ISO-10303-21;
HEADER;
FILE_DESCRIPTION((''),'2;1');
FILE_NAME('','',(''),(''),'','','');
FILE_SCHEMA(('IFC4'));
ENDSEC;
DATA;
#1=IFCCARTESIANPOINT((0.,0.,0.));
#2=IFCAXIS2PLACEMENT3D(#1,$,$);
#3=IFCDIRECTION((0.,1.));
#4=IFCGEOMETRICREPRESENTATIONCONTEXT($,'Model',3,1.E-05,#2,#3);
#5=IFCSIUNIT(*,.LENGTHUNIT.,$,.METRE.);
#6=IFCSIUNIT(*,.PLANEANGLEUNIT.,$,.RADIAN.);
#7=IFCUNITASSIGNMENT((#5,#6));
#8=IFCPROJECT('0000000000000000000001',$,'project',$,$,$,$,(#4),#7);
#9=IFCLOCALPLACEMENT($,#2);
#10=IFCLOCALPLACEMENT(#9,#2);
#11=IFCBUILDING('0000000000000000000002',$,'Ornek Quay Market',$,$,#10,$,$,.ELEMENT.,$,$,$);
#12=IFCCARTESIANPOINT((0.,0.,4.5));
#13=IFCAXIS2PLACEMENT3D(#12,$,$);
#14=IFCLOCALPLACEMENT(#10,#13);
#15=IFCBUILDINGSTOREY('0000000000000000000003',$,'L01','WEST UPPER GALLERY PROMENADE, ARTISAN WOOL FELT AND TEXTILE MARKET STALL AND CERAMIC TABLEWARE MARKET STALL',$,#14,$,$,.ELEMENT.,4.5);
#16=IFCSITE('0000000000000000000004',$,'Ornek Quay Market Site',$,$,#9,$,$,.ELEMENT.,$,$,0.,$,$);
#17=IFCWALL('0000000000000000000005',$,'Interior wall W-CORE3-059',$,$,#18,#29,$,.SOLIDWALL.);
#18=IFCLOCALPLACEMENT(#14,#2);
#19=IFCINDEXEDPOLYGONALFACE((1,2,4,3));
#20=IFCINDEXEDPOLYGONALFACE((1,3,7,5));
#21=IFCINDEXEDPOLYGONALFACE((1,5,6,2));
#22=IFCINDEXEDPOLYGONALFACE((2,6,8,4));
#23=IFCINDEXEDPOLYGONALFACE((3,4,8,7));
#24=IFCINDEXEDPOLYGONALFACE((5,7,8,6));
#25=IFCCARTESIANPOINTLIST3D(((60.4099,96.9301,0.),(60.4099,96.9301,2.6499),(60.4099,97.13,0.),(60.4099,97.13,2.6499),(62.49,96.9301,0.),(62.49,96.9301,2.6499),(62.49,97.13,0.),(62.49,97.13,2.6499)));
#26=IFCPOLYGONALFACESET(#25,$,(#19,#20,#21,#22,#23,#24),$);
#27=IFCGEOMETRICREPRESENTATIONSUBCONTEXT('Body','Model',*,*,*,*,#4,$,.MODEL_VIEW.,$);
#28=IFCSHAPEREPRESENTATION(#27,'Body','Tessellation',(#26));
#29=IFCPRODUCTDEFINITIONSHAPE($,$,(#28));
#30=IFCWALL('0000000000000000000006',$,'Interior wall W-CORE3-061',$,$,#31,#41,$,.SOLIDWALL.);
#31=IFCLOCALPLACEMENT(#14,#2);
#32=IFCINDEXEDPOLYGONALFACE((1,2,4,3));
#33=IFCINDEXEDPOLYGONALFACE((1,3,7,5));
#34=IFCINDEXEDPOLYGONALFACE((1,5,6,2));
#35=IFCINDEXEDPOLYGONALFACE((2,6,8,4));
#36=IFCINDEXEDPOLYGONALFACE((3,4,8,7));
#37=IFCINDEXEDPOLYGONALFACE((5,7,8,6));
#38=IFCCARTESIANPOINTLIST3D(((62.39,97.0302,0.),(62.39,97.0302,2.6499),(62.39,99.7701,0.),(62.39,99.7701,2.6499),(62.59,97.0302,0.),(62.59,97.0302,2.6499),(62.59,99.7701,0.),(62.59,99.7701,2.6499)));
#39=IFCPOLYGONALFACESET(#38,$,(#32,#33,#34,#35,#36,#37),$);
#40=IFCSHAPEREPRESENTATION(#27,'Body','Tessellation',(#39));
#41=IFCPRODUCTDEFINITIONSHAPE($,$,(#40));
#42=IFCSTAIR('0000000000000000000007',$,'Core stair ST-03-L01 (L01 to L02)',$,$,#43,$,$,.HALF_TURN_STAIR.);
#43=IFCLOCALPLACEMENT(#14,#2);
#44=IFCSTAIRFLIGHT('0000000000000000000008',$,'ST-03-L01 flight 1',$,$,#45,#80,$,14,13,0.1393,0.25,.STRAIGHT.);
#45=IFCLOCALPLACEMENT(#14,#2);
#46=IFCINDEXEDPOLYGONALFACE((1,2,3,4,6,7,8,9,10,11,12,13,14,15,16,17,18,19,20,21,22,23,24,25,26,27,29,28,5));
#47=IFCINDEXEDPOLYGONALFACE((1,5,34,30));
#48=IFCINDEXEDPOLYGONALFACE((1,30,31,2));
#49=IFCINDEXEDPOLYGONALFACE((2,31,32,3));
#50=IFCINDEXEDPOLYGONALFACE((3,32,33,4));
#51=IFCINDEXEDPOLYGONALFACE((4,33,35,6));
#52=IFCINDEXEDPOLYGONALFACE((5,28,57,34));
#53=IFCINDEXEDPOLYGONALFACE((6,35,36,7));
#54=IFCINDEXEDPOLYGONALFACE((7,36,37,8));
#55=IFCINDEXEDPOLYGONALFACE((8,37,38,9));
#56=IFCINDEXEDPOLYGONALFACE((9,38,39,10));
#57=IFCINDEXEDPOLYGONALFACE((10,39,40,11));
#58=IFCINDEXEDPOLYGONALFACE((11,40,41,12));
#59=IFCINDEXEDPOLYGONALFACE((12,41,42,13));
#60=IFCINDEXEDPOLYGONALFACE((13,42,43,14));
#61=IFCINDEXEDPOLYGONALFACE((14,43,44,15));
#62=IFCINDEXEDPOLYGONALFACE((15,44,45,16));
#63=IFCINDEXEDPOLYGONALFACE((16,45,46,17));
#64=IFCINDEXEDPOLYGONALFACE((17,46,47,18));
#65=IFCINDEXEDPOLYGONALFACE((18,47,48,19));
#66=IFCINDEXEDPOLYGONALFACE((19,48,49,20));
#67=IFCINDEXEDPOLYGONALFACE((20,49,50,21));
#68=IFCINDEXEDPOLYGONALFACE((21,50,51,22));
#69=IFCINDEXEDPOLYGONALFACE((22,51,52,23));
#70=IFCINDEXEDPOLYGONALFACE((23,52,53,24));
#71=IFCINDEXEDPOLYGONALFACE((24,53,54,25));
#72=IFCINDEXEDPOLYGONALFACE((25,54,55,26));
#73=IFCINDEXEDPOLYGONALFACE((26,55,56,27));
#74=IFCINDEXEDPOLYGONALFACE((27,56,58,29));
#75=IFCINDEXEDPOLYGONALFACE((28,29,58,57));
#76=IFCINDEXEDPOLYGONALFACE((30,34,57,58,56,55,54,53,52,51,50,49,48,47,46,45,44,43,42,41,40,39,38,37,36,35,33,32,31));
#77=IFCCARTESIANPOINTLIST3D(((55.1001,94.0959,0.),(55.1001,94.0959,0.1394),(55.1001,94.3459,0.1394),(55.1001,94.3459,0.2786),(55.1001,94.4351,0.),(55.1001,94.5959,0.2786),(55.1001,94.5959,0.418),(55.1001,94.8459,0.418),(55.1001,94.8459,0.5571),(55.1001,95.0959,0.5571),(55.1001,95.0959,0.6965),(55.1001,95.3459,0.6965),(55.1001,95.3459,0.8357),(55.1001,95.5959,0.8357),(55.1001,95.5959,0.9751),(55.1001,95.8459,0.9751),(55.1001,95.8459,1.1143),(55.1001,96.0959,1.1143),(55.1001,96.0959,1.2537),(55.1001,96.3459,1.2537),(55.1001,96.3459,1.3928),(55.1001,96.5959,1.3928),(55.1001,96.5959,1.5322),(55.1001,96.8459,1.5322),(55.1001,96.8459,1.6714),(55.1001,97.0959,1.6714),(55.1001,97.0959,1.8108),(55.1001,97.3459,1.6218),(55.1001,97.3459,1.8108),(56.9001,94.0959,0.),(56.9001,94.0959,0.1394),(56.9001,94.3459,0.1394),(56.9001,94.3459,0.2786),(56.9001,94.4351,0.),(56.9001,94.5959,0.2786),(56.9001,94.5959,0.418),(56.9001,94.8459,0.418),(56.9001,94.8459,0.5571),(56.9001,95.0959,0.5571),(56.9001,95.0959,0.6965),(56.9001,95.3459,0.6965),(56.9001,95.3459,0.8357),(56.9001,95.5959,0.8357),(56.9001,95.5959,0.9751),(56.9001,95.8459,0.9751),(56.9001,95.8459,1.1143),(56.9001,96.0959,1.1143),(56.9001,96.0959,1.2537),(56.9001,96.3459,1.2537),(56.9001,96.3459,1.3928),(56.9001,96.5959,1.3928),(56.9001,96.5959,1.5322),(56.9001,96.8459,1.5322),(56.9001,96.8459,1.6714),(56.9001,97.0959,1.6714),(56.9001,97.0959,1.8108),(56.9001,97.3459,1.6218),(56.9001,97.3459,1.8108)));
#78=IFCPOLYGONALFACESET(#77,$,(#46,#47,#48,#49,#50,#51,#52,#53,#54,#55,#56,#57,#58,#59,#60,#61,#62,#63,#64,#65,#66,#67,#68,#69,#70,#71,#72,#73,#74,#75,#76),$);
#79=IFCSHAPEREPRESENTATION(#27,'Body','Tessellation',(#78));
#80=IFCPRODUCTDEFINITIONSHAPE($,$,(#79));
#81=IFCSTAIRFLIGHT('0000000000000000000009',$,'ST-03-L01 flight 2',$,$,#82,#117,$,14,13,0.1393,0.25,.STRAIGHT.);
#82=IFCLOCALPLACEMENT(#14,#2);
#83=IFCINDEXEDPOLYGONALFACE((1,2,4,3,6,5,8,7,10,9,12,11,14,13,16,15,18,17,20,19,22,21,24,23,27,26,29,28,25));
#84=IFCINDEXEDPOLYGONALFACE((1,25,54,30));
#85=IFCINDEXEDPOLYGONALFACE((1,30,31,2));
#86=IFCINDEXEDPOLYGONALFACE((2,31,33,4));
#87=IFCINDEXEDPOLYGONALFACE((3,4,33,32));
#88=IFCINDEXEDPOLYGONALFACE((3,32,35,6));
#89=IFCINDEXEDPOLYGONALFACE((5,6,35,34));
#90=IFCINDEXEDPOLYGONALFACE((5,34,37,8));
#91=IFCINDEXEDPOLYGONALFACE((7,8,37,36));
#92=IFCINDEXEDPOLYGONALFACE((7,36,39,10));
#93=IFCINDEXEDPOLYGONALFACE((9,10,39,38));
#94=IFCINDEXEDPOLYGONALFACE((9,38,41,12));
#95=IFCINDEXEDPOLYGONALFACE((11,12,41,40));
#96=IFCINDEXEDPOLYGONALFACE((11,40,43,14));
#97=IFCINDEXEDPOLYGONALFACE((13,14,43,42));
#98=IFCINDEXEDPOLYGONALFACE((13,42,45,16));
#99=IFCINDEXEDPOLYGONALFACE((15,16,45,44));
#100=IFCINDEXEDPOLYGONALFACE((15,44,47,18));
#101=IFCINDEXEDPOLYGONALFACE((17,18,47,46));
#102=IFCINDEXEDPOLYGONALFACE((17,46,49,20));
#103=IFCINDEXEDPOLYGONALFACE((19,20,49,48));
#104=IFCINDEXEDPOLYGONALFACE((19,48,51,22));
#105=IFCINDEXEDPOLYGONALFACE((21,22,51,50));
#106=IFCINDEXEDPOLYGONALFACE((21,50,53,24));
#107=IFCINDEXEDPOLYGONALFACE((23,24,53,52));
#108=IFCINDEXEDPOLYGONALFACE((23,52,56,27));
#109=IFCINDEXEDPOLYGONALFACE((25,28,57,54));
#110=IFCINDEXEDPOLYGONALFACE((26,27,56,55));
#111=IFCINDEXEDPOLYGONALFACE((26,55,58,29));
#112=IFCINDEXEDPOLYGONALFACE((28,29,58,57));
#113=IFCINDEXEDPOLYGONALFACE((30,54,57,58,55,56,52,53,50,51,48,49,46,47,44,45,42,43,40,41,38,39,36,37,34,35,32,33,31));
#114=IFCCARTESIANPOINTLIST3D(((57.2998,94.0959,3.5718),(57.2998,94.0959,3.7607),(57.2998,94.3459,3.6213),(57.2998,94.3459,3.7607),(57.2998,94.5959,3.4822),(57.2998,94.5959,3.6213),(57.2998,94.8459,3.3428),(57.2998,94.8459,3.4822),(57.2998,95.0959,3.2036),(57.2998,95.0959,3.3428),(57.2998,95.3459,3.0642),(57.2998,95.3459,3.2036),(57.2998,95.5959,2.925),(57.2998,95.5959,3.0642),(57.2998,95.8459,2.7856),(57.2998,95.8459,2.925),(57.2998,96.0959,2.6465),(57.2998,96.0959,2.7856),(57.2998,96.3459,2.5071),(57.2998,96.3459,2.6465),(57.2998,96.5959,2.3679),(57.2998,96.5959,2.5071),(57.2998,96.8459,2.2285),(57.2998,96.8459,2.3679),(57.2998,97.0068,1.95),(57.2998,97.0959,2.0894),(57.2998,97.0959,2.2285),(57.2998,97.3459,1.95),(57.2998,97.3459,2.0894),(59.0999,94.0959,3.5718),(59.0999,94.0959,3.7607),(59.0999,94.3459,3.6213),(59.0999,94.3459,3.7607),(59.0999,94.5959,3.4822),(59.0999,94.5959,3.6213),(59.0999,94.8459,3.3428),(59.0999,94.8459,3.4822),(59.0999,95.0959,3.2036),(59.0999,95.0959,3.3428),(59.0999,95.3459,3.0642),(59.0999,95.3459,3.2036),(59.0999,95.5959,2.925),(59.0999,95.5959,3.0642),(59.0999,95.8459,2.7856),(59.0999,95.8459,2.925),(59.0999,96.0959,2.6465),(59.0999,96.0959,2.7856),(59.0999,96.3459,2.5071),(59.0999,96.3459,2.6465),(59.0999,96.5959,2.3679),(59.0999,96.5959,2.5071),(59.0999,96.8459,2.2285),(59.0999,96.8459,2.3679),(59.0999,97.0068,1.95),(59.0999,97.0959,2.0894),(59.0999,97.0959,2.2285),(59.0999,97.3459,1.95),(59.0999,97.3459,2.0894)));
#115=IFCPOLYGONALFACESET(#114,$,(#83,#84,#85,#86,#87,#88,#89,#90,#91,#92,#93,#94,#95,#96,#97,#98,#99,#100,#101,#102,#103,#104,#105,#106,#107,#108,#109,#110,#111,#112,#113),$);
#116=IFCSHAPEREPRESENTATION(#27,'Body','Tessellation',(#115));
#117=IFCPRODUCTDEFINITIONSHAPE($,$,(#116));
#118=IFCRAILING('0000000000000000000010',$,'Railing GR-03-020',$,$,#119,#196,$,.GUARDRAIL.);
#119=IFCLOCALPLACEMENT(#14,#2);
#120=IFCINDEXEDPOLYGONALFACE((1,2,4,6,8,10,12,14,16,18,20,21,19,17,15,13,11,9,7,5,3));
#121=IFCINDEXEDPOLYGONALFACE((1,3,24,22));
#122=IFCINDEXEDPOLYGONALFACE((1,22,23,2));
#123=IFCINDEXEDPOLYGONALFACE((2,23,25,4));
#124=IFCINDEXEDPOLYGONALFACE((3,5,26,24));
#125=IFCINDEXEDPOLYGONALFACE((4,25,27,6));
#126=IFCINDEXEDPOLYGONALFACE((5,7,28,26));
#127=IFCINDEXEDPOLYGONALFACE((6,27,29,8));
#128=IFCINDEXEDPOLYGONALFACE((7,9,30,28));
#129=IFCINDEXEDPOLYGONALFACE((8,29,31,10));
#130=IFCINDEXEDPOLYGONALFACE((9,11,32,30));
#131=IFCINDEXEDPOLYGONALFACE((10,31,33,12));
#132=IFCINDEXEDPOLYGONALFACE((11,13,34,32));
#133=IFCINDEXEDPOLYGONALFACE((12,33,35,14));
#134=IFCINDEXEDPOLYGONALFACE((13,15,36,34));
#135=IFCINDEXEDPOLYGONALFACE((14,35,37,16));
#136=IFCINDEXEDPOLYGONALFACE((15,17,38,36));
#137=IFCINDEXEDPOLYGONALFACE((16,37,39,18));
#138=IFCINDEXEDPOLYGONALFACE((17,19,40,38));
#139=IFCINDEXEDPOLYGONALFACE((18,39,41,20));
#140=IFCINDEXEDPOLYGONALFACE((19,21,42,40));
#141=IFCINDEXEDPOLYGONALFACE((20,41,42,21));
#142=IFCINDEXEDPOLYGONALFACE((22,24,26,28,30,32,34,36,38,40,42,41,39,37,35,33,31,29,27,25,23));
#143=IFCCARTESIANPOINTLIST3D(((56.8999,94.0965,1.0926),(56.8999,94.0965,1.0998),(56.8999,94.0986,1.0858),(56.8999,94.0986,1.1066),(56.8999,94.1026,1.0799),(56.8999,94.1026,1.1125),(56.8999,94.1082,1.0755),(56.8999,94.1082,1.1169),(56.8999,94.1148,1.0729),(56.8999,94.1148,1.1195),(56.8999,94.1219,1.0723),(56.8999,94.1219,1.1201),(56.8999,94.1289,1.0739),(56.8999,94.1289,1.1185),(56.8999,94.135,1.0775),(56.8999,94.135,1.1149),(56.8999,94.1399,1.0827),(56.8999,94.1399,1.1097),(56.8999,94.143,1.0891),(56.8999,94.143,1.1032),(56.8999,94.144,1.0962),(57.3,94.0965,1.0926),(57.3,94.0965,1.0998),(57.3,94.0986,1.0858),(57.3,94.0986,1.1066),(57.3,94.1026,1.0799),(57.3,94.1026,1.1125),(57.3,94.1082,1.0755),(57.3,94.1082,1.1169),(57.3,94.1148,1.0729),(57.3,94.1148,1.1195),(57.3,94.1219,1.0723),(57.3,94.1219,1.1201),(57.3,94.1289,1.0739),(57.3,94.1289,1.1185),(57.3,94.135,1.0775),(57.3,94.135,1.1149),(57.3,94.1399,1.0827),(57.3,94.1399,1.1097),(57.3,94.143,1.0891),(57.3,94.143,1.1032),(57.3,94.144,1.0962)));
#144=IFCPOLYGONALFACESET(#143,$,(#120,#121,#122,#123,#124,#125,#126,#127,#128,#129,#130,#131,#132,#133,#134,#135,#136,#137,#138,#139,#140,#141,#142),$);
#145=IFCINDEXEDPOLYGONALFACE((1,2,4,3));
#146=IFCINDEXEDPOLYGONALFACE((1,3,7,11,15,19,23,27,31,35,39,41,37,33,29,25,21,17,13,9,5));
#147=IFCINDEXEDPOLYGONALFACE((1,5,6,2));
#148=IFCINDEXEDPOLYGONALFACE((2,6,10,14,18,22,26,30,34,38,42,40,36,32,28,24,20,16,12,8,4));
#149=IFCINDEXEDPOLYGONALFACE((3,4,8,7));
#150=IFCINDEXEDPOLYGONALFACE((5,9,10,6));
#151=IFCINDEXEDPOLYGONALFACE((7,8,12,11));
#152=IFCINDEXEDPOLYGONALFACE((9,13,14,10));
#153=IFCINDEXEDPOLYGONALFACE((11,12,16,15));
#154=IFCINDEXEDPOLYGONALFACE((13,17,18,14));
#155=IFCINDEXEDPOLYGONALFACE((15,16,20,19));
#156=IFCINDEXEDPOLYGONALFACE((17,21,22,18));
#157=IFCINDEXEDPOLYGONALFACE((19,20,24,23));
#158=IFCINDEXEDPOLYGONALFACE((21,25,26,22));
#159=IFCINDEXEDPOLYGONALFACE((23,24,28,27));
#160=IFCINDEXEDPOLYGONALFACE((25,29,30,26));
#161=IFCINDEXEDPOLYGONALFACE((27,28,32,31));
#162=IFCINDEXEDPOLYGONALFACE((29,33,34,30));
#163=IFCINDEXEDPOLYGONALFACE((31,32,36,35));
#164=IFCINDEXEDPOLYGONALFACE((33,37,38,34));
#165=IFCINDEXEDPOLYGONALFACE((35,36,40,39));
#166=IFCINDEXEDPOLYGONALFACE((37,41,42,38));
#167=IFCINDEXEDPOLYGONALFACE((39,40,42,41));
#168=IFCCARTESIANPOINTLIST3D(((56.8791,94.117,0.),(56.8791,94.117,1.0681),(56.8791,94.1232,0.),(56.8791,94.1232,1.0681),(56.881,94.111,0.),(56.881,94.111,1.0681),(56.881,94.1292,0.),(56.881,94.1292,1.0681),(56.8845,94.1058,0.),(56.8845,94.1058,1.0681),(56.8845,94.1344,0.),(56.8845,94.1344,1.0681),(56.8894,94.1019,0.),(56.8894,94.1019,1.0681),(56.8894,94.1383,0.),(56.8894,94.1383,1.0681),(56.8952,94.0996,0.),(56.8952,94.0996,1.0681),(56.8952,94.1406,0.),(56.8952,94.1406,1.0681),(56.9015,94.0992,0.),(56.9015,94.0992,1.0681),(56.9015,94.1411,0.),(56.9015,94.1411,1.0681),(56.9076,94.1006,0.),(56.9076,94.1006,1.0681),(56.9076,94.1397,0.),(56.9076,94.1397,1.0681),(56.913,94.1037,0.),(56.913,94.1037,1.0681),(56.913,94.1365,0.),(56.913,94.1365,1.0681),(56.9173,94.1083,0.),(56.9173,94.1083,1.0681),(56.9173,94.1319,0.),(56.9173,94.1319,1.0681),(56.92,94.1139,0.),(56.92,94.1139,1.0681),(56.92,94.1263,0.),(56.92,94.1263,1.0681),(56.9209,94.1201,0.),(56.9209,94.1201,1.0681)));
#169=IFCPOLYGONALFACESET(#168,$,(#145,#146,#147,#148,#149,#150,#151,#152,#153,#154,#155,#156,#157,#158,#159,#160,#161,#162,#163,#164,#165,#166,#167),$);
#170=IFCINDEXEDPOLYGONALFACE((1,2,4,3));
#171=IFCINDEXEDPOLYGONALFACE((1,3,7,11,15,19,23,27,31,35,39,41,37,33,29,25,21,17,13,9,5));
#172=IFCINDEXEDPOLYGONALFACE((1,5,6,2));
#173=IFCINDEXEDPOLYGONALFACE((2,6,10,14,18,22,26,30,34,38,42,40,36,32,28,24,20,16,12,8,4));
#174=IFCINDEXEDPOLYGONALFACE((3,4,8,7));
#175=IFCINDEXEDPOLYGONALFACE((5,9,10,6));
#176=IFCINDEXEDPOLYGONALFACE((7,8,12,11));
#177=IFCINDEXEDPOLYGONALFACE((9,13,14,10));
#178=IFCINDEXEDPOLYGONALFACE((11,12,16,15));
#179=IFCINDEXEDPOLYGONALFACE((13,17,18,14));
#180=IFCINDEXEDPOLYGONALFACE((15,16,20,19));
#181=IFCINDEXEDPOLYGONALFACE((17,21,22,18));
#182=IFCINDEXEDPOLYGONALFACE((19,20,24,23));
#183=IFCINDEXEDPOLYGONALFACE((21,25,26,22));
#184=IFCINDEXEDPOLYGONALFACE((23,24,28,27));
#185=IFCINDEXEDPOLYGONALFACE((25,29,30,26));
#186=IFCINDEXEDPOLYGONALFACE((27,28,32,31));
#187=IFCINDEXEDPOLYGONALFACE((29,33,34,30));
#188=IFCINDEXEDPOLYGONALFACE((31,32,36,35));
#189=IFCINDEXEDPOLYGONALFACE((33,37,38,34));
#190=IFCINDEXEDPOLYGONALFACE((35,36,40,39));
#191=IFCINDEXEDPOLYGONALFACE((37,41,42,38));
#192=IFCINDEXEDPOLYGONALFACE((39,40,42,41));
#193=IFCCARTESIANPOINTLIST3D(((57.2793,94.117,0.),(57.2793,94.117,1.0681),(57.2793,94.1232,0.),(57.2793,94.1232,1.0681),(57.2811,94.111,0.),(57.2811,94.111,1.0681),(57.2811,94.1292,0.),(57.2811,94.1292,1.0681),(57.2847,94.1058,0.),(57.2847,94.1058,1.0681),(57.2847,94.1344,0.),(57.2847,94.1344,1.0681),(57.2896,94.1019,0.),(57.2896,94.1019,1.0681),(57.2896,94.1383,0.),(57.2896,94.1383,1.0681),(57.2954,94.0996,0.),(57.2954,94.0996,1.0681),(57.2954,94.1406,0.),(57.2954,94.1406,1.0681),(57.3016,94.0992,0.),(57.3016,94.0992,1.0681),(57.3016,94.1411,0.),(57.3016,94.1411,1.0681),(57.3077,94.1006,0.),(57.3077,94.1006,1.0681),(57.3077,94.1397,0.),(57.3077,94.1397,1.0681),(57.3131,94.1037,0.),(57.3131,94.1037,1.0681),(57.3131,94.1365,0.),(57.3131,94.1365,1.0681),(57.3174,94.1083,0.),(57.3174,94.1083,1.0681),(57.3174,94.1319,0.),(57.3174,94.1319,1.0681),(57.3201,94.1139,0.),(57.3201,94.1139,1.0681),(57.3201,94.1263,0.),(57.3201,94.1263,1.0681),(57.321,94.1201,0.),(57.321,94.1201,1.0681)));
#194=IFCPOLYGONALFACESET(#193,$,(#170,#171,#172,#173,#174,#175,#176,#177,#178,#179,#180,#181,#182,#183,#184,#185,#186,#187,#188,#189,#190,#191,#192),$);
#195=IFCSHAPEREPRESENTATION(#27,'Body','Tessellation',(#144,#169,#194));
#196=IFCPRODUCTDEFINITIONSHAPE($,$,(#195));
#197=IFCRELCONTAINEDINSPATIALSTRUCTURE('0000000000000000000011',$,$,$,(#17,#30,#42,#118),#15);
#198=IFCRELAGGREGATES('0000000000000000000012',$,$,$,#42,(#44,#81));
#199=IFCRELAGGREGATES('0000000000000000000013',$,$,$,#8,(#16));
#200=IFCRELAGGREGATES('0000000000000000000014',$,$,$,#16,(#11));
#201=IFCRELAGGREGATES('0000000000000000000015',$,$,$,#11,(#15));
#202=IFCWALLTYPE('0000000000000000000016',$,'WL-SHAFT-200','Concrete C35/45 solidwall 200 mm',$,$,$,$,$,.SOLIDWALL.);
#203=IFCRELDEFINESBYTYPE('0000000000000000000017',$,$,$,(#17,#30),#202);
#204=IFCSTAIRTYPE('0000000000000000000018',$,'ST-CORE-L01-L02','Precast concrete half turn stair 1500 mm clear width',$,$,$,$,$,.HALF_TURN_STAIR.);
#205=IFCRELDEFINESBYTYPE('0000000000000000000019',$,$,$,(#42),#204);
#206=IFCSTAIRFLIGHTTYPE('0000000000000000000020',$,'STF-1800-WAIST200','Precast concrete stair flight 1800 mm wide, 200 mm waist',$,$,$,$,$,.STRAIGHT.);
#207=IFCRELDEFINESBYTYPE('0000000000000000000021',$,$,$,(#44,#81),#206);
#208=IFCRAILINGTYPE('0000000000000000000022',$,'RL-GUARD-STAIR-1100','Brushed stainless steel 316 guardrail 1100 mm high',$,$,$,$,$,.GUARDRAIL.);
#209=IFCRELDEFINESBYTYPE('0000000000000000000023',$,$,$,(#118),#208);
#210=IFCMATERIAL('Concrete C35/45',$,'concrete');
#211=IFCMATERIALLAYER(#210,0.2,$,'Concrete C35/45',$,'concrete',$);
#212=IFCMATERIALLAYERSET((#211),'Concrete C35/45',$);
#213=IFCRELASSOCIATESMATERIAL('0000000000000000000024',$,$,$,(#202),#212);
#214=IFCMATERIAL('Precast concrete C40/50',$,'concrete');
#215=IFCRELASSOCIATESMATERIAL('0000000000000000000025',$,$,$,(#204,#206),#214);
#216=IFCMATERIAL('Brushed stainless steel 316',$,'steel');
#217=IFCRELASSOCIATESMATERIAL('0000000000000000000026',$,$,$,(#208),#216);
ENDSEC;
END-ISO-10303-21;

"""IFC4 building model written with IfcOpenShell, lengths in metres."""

from ifc_helpers import new_model, si_unit, direction, frame, frame_2d, origin, origin_2d, place, context, subcontext, project, spatial, polyline, rectangle, circle, outline, extrude, material, layer, layer_set, type_object, element, aggregate, save


model = new_model("IFC4")

# Units and contexts
model_context = context("Model", 3, precision=1e-05, world=origin(), true_north=direction((0.0, 1.0)))
body_context = subcontext(model_context, "Body", "Model", "MODEL_VIEW")
ifc_project = project(units=[si_unit("LENGTHUNIT", "METRE"), si_unit("PLANEANGLEUNIT", "RADIAN")], contexts=[model_context])

# Site, building, storey
site_placement = place(None, origin())
site = spatial("IfcSite", under=ifc_project, at=site_placement, Name="Ornek Quay Market Site", CompositionType="ELEMENT", RefElevation=0.0)
building_placement = place(site_placement, origin())
building = spatial("IfcBuilding", under=site, at=building_placement, Name="Ornek Quay Market", CompositionType="ELEMENT")
storey_placement = place(building_placement, frame((0.0, 0.0, 4.5)))
storey = spatial("IfcBuildingStorey", under=building, at=storey_placement, Name="L01", Description="WEST UPPER GALLERY PROMENADE, ARTISAN WOOL FELT AND TEXTILE MARKET STALL AND CERAMIC TABLEWARE MARKET STALL", CompositionType="ELEMENT", Elevation=4.5)

# Shared definitions
ifc_material_1 = material(Name="Concrete C35/45", Category="concrete")

# Shared definitions
ifc_layer_1 = layer(ifc_material_1, 0.2, Name="Concrete C35/45", Category="concrete")
ifc_layer_set_1 = layer_set([ifc_layer_1], Name="Concrete C35/45")
wall_type_1 = type_object("IfcWallType", Name="WL-SHAFT-200", Description="Concrete C35/45 solidwall 200 mm", PredefinedType="SOLIDWALL", material=ifc_layer_set_1)

# Walls
wall_1_placement = place(storey_placement, frame((60.4099, 97.03, 0.0), z_axis=(0.0, 0.0, 1.0), x_axis=(1.0, 0.0, 0.0)))
element("IfcWall", 1, at=wall_1_placement, inside=storey, type_object=wall_type_1, Name="Interior wall W-CORE3-059", PredefinedType="SOLIDWALL", context=body_context, shape_type="SweptSolid", body=[
    extrude(rectangle(XDim=2.0801, YDim=0.2, at=frame_2d((1.04, 0.0))), origin(), (0.0, 0.0, 1.0), 2.6499),
])
wall_2_placement = place(storey_placement, frame((62.49, 97.03, 0.0), z_axis=(0.0, 0.0, 1.0), x_axis=(0.0, 1.0, 0.0)))
element("IfcWall", 2, at=wall_2_placement, inside=storey, type_object=wall_type_1, Name="Interior wall W-CORE3-061", PredefinedType="SOLIDWALL", context=body_context, shape_type="SweptSolid", body=[
    extrude(rectangle(XDim=2.74, YDim=0.2, at=frame_2d((1.3701, 0.0))), origin(), (0.0, 0.0, 1.0), 2.6499),
])

# Stair, stair flights
ifc_material_2 = material(Name="Precast concrete C40/50", Category="concrete")
stair_type = type_object("IfcStairType", Name="ST-CORE-L01-L02", Description="Precast concrete half turn stair 1500 mm clear width", PredefinedType="HALF_TURN_STAIR", material=ifc_material_2)
stair_placement = place(storey_placement, origin())
stair = element("IfcStair", 3, at=stair_placement, inside=storey, type_object=stair_type, Name="Core stair ST-03-L01 (L01 to L02)", PredefinedType="HALF_TURN_STAIR")
stair_flight_type = type_object("IfcStairFlightType", Name="STF-1800-WAIST200", Description="Precast concrete stair flight 1800 mm wide, 200 mm waist", PredefinedType="STRAIGHT", material=ifc_material_2)
stair_flight_1_placement = place(storey_placement, frame((56.0, 94.0959, 0.0), z_axis=(0.0, 0.0, 1.0), x_axis=(0.0, 1.0, 0.0)))
stair_flight_1 = element("IfcStairFlight", 4, at=stair_flight_1_placement, type_object=stair_flight_type, Name="ST-03-L01 flight 1", NumberOfRisers=14, NumberOfTreads=13, PredefinedType="STRAIGHT", RiserHeight=0.1393, TreadLength=0.25, context=body_context, shape_type="SweptSolid", body=[
    extrude(outline(polyline([(0.0, 0.0), (0.0, 0.1394), (0.25, 0.1394), (0.25, 0.2786), (0.5, 0.2786), (0.5, 0.418), (0.75, 0.418), (0.75, 0.5571), (1.0, 0.5571), (1.0, 0.6965), (1.25, 0.6965), (1.25, 0.8357), (1.5, 0.8357), (1.5, 0.9751), (1.75, 0.9751), (1.75, 1.1143), (2.0, 1.1143), (2.0, 1.2537), (2.25, 1.2537), (2.25, 1.3928), (2.5, 1.3928), (2.5, 1.5322), (2.75, 1.5322), (2.75, 1.6714), (3.0, 1.6714), (3.0, 1.8108), (3.25, 1.8108), (3.25, 1.95), (3.25, 1.6218), (0.3391, 0.0), (0.0, 0.0)])), frame((0.0, 0.8999, 0.0), z_axis=(0.0, -1.0, 0.0), x_axis=(1.0, 0.0, 0.0)), (0.0, 0.0, 1.0), 1.8),
])
stair_flight_2_placement = place(storey_placement, frame((58.2, 97.3459, 1.95), z_axis=(0.0, 0.0, 1.0), x_axis=(0.0, -1.0, 0.0)))
stair_flight_2 = element("IfcStairFlight", 5, at=stair_flight_2_placement, type_object=stair_flight_type, Name="ST-03-L01 flight 2", NumberOfRisers=14, NumberOfTreads=13, PredefinedType="STRAIGHT", RiserHeight=0.1393, TreadLength=0.25, context=body_context, shape_type="SweptSolid", body=[
    extrude(outline(polyline([(0.0, 0.0), (0.0, 0.1394), (0.25, 0.1394), (0.25, 0.2786), (0.5, 0.2786), (0.5, 0.418), (0.75, 0.418), (0.75, 0.5571), (1.0, 0.5571), (1.0, 0.6965), (1.25, 0.6965), (1.25, 0.8357), (1.5, 0.8357), (1.5, 0.9751), (1.75, 0.9751), (1.75, 1.1143), (2.0, 1.1143), (2.0, 1.2537), (2.25, 1.2537), (2.25, 1.3928), (2.5, 1.3928), (2.5, 1.5322), (2.75, 1.5322), (2.75, 1.6714), (3.0, 1.6714), (3.0, 1.8108), (3.25, 1.8108), (3.25, 1.95), (3.25, 1.6218), (0.3391, 0.0), (0.0, 0.0)])), frame((0.0, 0.8999, 0.0), z_axis=(0.0, -1.0, 0.0), x_axis=(1.0, 0.0, 0.0)), (0.0, 0.0, 1.0), 1.8),
])
aggregate(stair, [stair_flight_1, stair_flight_2])

# Railing
ifc_material_3 = material(Name="Brushed stainless steel 316", Category="steel")
railing_type_1 = type_object("IfcRailingType", Name="RL-GUARD-STAIR-1100", Description="Brushed stainless steel 316 guardrail 1100 mm high", PredefinedType="GUARDRAIL", material=ifc_material_3)
railing_1_placement = place(storey_placement, frame((56.8999, 94.1201, 0.0)))
element("IfcRailing", 6, at=railing_1_placement, inside=storey, type_object=railing_type_1, Name="Railing GR-03-020", PredefinedType="GUARDRAIL", context=body_context, shape_type="SweptSolid", body=[
    extrude(circle(Radius=0.0239, at=origin_2d()), frame((0.0, 0.0, 1.0962), z_axis=(1.0, 0.0, 0.0), x_axis=(0.0, 1.0, 0.0)), (0.0, 0.0, 1.0), 0.4001),
    extrude(circle(Radius=0.021, at=origin_2d()), origin(), (0.0, 0.0, 1.0), 1.0681),
    extrude(circle(Radius=0.021, at=origin_2d()), frame((0.4001, 0.0, 0.0)), (0.0, 0.0, 1.0), 1.0681),
])

save(model, "model.ifc")
